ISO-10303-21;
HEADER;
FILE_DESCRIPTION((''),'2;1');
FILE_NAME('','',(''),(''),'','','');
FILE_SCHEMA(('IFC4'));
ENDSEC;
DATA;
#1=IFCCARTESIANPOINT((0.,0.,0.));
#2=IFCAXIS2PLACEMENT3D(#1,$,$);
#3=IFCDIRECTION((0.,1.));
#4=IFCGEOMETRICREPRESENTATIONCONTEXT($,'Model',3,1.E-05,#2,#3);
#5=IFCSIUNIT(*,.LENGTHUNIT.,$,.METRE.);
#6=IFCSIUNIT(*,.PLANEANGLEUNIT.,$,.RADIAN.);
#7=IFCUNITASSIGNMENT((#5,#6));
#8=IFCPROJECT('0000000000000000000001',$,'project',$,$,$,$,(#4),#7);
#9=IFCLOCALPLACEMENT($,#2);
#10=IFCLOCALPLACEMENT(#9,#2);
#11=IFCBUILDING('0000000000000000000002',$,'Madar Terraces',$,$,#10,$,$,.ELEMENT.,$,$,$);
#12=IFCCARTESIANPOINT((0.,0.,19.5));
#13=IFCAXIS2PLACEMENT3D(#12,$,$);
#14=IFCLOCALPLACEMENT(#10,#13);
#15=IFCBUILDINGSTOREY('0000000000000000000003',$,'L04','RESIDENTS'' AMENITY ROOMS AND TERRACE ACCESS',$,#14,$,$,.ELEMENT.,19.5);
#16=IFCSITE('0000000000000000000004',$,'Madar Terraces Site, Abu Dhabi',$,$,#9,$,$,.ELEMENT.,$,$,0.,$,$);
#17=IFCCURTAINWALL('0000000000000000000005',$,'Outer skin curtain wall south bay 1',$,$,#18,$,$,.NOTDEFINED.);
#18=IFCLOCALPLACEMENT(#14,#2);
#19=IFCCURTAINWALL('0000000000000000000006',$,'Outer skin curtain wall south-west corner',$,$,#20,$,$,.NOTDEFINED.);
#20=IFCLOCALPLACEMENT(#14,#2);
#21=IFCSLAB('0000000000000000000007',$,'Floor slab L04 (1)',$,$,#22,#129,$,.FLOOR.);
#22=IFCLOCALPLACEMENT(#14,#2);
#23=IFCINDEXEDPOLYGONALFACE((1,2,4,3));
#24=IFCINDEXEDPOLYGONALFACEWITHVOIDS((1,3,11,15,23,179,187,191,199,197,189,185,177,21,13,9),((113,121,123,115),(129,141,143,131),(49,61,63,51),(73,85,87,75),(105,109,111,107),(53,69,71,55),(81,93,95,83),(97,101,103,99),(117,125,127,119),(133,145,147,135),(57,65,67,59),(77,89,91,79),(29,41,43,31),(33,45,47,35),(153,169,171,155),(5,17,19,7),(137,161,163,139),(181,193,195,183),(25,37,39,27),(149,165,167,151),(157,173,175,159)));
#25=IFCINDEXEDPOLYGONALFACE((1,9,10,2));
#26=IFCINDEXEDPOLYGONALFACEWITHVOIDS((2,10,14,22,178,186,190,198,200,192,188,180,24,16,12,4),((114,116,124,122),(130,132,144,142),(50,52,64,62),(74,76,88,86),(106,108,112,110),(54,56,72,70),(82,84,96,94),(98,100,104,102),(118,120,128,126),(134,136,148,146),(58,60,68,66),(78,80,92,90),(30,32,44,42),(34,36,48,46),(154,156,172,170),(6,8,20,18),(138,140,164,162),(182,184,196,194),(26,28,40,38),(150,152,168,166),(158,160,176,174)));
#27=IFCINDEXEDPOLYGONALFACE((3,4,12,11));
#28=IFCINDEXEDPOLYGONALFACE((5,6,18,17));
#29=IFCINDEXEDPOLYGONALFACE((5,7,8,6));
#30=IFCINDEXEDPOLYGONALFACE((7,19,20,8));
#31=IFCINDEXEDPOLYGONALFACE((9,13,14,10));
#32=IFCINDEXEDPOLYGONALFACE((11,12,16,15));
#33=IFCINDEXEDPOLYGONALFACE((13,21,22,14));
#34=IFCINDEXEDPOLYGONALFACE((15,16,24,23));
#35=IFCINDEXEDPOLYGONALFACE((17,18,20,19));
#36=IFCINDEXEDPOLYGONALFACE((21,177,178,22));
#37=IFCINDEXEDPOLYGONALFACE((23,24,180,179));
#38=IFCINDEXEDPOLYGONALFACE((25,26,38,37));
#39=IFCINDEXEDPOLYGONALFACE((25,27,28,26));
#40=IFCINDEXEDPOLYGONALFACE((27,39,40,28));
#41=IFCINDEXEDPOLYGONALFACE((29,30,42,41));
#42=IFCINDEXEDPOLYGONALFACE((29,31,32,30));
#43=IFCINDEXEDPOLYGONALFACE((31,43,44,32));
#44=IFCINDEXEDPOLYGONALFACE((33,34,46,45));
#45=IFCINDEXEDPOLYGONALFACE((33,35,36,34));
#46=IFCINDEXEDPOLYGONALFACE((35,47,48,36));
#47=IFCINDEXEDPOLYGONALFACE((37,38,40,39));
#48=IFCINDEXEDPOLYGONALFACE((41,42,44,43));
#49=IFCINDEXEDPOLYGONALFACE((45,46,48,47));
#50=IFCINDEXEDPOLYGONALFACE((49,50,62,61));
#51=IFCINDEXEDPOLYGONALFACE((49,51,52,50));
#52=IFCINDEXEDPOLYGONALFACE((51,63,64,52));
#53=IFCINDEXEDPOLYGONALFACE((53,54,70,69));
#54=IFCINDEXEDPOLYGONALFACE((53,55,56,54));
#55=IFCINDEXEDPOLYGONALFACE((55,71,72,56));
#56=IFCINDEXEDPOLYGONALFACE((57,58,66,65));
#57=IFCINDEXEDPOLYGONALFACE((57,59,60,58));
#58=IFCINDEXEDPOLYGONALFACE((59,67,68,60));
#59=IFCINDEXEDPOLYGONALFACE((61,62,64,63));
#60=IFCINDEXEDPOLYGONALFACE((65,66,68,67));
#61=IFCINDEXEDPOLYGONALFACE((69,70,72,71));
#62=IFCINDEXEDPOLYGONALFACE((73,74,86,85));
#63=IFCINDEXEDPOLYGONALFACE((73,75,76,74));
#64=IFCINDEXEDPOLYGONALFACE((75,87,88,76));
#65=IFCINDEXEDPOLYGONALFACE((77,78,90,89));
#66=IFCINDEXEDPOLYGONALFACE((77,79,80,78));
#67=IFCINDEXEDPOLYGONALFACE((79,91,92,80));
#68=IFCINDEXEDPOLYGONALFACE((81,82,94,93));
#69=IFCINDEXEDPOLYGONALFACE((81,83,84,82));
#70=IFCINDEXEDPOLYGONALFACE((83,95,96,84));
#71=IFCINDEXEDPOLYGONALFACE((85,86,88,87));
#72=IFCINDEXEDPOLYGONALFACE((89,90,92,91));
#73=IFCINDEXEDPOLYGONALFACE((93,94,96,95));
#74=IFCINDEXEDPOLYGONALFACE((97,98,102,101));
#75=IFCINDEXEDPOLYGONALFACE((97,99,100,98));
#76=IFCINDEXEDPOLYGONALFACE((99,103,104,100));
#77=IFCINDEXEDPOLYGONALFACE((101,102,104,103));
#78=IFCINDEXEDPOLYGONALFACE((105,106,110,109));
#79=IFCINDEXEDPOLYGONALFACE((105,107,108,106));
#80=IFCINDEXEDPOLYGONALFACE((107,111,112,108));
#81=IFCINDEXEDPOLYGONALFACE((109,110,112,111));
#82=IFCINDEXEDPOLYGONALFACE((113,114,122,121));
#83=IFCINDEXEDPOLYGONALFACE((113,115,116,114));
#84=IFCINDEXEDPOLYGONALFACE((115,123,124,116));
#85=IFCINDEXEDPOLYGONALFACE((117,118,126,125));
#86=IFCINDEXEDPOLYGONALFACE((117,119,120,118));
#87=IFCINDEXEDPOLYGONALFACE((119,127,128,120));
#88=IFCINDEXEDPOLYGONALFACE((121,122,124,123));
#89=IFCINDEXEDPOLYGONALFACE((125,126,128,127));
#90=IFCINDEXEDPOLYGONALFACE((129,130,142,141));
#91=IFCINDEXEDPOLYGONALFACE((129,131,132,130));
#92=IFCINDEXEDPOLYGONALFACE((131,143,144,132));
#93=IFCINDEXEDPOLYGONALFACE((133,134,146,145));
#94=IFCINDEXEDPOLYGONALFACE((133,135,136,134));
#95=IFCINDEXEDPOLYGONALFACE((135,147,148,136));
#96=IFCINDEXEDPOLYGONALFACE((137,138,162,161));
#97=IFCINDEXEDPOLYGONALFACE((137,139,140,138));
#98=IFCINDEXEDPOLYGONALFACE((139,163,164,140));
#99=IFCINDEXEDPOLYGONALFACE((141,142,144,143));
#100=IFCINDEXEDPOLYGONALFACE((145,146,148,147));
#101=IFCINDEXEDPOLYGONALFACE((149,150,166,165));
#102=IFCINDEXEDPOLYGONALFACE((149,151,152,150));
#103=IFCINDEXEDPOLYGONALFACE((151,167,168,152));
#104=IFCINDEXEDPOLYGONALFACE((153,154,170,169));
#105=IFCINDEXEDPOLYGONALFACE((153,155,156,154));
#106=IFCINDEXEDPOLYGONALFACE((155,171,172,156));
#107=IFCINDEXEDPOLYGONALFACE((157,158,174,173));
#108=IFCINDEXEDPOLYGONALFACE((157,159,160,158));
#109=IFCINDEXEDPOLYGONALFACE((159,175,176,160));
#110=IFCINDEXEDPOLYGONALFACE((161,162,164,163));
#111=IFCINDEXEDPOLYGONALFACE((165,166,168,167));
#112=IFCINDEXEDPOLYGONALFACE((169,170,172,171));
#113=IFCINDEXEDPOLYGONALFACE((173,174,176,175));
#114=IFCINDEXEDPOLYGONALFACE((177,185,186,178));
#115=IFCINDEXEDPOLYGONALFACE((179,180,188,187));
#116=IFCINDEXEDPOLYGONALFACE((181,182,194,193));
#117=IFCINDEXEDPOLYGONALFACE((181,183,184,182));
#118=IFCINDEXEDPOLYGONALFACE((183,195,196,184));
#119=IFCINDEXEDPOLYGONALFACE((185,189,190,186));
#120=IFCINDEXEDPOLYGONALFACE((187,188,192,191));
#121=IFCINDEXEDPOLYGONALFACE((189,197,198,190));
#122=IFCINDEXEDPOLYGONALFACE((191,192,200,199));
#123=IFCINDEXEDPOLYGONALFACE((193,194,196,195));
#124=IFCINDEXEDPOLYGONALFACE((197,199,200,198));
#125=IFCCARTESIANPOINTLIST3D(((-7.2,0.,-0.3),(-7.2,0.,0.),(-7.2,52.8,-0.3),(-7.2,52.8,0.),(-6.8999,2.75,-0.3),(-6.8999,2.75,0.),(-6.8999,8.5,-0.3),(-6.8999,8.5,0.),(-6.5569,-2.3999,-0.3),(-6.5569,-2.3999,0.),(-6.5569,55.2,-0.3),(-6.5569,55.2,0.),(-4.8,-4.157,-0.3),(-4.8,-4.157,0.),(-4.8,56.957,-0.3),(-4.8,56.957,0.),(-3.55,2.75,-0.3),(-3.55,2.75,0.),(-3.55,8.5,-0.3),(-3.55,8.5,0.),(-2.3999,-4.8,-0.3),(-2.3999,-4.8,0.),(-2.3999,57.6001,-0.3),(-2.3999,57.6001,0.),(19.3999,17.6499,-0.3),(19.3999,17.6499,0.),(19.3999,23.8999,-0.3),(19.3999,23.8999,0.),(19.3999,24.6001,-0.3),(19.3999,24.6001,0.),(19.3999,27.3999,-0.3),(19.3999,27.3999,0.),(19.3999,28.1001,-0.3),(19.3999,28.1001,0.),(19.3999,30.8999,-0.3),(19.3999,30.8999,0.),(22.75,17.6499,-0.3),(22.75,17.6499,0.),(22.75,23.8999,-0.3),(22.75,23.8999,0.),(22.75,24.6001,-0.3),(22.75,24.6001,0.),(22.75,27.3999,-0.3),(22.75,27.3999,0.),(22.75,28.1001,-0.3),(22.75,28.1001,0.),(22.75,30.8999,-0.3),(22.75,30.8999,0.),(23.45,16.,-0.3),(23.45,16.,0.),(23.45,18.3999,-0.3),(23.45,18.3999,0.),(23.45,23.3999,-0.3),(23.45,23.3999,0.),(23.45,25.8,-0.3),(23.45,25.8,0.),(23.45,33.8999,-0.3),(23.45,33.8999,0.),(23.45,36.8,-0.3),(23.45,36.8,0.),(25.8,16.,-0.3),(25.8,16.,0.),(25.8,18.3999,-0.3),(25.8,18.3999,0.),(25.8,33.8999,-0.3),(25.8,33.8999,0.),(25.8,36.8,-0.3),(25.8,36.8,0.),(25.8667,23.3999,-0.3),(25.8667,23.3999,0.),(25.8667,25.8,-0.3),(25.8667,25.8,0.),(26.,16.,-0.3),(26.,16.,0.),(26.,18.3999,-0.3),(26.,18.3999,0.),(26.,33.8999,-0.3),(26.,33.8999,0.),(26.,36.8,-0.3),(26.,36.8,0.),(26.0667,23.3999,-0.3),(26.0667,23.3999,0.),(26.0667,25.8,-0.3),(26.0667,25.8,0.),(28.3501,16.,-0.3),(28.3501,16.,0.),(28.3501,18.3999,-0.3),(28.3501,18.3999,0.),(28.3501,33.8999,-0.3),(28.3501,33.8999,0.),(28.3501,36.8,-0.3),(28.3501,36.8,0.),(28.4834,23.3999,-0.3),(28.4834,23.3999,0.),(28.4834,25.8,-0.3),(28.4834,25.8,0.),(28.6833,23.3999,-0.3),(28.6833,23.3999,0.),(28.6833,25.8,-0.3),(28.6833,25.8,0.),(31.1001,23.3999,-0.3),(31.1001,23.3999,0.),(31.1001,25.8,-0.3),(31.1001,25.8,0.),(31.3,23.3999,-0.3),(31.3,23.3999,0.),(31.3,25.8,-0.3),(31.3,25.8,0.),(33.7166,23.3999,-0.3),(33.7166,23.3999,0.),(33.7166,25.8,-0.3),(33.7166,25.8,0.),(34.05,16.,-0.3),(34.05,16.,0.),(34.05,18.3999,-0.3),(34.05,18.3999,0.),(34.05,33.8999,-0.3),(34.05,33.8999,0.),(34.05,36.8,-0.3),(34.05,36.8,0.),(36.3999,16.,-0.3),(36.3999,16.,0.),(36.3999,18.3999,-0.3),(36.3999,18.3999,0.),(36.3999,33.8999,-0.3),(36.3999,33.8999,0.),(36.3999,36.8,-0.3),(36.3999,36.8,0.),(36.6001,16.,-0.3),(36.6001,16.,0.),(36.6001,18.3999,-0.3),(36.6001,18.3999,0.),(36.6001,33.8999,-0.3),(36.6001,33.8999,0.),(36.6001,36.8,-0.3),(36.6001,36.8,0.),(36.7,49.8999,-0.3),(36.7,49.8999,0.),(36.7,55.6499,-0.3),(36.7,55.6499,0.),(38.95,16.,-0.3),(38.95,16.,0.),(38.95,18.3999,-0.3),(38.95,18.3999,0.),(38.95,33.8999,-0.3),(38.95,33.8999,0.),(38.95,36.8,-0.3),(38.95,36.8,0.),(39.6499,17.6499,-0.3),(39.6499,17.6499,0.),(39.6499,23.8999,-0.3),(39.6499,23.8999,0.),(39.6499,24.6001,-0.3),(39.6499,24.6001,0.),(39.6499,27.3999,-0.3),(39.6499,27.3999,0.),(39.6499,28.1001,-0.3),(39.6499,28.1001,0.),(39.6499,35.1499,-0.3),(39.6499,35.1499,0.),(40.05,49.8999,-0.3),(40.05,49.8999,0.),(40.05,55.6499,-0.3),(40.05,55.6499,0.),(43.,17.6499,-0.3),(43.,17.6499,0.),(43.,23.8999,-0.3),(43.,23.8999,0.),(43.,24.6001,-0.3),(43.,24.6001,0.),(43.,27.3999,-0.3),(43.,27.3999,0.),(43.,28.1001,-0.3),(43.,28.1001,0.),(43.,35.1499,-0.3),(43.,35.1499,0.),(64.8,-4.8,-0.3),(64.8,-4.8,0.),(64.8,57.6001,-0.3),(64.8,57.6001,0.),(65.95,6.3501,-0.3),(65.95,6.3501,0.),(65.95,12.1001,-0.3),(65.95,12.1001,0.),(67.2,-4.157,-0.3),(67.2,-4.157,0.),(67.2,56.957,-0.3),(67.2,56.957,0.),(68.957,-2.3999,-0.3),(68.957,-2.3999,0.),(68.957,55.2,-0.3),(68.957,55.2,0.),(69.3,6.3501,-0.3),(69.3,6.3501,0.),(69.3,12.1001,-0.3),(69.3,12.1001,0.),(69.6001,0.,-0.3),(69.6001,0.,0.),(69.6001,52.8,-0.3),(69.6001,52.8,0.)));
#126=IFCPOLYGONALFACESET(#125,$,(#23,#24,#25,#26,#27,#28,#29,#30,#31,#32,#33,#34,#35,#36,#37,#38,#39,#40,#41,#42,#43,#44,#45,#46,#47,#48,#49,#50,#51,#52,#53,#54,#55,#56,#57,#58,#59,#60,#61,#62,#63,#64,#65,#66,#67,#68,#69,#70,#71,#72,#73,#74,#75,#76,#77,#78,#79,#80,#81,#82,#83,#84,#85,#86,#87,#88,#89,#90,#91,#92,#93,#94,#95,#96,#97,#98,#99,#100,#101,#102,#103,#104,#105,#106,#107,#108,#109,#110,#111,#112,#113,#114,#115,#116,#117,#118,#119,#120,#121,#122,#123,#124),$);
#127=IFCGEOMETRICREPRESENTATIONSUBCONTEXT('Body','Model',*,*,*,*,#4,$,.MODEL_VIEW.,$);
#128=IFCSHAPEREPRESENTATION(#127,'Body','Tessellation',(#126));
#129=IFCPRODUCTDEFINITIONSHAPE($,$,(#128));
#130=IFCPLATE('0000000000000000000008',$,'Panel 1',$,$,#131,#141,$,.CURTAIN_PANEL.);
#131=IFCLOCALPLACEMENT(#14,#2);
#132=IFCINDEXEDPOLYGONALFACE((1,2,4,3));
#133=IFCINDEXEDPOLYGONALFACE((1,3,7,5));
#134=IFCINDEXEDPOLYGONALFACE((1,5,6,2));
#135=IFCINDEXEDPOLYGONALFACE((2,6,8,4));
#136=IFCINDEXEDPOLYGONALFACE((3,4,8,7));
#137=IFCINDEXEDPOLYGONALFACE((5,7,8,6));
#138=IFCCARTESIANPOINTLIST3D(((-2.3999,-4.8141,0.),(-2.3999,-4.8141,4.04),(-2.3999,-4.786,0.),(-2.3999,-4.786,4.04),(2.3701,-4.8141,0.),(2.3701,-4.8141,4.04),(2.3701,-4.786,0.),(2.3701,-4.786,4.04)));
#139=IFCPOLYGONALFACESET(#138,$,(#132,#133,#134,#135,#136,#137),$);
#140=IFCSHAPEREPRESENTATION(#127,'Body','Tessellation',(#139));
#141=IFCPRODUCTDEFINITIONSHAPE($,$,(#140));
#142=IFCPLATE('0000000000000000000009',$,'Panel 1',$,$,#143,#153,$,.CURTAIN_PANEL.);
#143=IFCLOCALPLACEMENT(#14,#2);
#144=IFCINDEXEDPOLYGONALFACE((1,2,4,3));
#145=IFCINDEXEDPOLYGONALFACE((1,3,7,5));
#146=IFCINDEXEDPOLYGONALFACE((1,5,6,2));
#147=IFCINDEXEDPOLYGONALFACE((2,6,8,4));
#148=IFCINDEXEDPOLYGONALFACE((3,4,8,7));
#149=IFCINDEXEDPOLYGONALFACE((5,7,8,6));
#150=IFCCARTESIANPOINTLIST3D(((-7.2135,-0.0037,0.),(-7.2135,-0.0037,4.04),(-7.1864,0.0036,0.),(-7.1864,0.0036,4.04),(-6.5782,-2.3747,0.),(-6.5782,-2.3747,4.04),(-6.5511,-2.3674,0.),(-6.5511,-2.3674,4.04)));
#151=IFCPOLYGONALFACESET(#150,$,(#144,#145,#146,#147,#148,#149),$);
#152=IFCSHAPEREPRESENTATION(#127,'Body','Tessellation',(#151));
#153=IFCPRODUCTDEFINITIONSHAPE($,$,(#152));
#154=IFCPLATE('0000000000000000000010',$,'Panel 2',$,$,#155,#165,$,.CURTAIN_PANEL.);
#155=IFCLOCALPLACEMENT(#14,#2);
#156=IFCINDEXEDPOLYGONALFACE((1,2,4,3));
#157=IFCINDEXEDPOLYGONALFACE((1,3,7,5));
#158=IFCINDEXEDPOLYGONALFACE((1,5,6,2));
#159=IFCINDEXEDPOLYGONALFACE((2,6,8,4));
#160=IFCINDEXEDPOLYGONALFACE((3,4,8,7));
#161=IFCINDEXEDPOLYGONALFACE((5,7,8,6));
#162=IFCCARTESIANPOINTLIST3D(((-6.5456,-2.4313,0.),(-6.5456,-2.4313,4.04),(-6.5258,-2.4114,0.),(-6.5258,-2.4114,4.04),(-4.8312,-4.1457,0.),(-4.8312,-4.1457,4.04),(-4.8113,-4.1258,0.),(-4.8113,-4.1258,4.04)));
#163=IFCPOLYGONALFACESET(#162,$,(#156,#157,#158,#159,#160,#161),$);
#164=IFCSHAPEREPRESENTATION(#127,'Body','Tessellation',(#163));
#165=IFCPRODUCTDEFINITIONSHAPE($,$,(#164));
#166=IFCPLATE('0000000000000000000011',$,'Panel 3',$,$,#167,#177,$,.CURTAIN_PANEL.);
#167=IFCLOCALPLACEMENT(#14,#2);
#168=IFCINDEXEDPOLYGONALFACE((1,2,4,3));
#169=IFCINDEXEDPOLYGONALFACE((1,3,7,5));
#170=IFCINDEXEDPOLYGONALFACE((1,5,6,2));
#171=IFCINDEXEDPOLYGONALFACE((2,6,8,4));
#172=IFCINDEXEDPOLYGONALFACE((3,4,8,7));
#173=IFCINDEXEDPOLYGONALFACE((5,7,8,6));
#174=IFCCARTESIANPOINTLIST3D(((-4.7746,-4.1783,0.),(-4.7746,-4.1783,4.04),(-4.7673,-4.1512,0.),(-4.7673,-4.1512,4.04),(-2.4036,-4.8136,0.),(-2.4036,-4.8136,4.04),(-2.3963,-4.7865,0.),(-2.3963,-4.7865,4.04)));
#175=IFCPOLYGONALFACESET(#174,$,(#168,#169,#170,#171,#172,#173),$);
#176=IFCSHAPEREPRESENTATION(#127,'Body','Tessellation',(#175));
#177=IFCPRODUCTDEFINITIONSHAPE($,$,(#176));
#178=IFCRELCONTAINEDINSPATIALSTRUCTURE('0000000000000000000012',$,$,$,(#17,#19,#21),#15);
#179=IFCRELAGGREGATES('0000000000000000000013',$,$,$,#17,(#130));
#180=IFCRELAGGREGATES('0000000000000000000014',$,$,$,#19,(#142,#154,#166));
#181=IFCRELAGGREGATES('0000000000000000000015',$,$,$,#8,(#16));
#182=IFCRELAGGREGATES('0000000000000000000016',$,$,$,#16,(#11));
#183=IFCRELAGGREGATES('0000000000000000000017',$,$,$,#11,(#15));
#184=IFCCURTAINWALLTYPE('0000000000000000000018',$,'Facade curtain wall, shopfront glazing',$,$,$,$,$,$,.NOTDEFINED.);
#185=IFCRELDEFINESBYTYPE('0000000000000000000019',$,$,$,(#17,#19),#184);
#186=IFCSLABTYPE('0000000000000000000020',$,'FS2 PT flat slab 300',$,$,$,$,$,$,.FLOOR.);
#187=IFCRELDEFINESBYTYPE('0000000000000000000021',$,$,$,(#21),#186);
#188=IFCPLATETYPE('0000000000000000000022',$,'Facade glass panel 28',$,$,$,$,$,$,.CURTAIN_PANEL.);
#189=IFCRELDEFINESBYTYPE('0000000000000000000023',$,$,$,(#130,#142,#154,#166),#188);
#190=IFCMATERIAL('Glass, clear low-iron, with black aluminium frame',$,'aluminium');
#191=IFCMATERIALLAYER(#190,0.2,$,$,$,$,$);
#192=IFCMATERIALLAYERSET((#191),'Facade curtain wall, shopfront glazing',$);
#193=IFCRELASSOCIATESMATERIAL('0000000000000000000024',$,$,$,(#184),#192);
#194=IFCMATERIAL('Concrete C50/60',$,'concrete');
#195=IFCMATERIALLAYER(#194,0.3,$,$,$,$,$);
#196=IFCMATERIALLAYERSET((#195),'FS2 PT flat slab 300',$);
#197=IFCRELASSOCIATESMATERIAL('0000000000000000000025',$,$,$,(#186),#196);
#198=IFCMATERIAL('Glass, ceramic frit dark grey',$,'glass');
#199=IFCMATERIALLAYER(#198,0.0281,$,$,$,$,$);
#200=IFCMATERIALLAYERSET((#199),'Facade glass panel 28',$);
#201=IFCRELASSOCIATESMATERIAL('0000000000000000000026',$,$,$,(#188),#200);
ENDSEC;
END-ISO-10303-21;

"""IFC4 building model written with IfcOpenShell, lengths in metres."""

from ifc_helpers import new_model, si_unit, direction, frame, origin, origin_2d, place, context, subcontext, project, spatial, polyline, rectangle, outline, extrude, material, layer, layer_set, type_object, element, aggregate, save


model = new_model("IFC4")

# Units and contexts
model_context = context("Model", 3, precision=1e-05, world=origin(), true_north=direction((0.0, 1.0)))
body_context = subcontext(model_context, "Body", "Model", "MODEL_VIEW")
ifc_project = project(units=[si_unit("LENGTHUNIT", "METRE"), si_unit("PLANEANGLEUNIT", "RADIAN")], contexts=[model_context])

# Site, building, storey
site_placement = place(None, origin())
site = spatial("IfcSite", under=ifc_project, at=site_placement, Name="Madar Terraces Site, Abu Dhabi", CompositionType="ELEMENT", RefElevation=0.0)
building_placement = place(site_placement, origin())
building = spatial("IfcBuilding", under=site, at=building_placement, Name="Madar Terraces", CompositionType="ELEMENT")
storey_placement = place(building_placement, frame((0.0, 0.0, 19.5)))
storey = spatial("IfcBuildingStorey", under=building, at=storey_placement, Name="L04", Description="RESIDENTS' AMENITY ROOMS AND TERRACE ACCESS", CompositionType="ELEMENT", Elevation=19.5)

# Curtain wall
ifc_material_1 = material(Name="Glass, clear low-iron, with black aluminium frame", Category="aluminium")
ifc_layer_1 = layer(ifc_material_1, 0.2)
ifc_layer_set_1 = layer_set([ifc_layer_1], Name="Facade curtain wall, shopfront glazing")
curtain_wall_type = type_object("IfcCurtainWallType", Name="Facade curtain wall, shopfront glazing", PredefinedType="NOTDEFINED", material=ifc_layer_set_1)
curtain_wall_1_placement = place(storey_placement, origin())
curtain_wall_1 = element("IfcCurtainWall", 1, at=curtain_wall_1_placement, inside=storey, type_object=curtain_wall_type, Name="Outer skin curtain wall south bay 1", PredefinedType="NOTDEFINED")

# Curtain wall
curtain_wall_2_placement = place(storey_placement, origin())
curtain_wall_2 = element("IfcCurtainWall", 2, at=curtain_wall_2_placement, inside=storey, type_object=curtain_wall_type, Name="Outer skin curtain wall south-west corner", PredefinedType="NOTDEFINED")

# Slab
ifc_material_2 = material(Name="Concrete C50/60", Category="concrete")
ifc_layer_2 = layer(ifc_material_2, 0.3)
ifc_layer_set_2 = layer_set([ifc_layer_2], Name="FS2 PT flat slab 300")
slab_type_1 = type_object("IfcSlabType", Name="FS2 PT flat slab 300", PredefinedType="FLOOR", material=ifc_layer_set_2)
slab_1_placement = place(storey_placement, frame((0.0, 0.0, -0.3)))
element("IfcSlab", 3, at=slab_1_placement, inside=storey, type_object=slab_type_1, Name="Floor slab L04 (1)", PredefinedType="FLOOR", context=body_context, shape_type="SweptSolid", body=[
    extrude(outline(polyline([(64.8, -4.8), (67.2, -4.157), (68.957, -2.3999), (69.6001, 0.0), (69.6001, 52.8), (68.957, 55.2), (67.2, 56.957), (64.8, 57.6001), (-2.3999, 57.6001), (-4.8, 56.957), (-6.5569, 55.2), (-7.2, 52.8), (-7.2, 0.0), (-6.5569, -2.3999), (-4.8, -4.157), (-2.3999, -4.8), (64.8, -4.8)]), holes=[polyline([(-6.8999, 2.75), (-6.8999, 8.5), (-3.55, 8.5), (-3.55, 2.75), (-6.8999, 2.75)]), polyline([(23.45, 16.0), (23.45, 18.3999), (25.8, 18.3999), (25.8, 16.0), (23.45, 16.0)]), polyline([(26.0, 16.0), (26.0, 18.3999), (28.3501, 18.3999), (28.3501, 16.0), (26.0, 16.0)]), polyline([(19.3999, 23.8999), (22.75, 23.8999), (22.75, 17.6499), (19.3999, 17.6499), (19.3999, 23.8999)]), polyline([(23.45, 25.8), (25.8667, 25.8), (25.8667, 23.3999), (23.45, 23.3999), (23.45, 25.8)]), polyline([(26.0667, 23.3999), (26.0667, 25.8), (28.4834, 25.8), (28.4834, 23.3999), (26.0667, 23.3999)]), polyline([(28.6833, 23.3999), (28.6833, 25.8), (31.1001, 25.8), (31.1001, 23.3999), (28.6833, 23.3999)]), polyline([(19.3999, 24.6001), (19.3999, 27.3999), (22.75, 27.3999), (22.75, 24.6001), (19.3999, 24.6001)]), polyline([(19.3999, 30.8999), (22.75, 30.8999), (22.75, 28.1001), (19.3999, 28.1001), (19.3999, 30.8999)]), polyline([(23.45, 36.8), (25.8, 36.8), (25.8, 33.8999), (23.45, 33.8999), (23.45, 36.8)]), polyline([(26.0, 33.8999), (26.0, 36.8), (28.3501, 36.8), (28.3501, 33.8999), (26.0, 33.8999)]), polyline([(65.95, 6.3501), (65.95, 12.1001), (69.3, 12.1001), (69.3, 6.3501), (65.95, 6.3501)]), polyline([(34.05, 16.0), (34.05, 18.3999), (36.3999, 18.3999), (36.3999, 16.0), (34.05, 16.0)]), polyline([(36.6001, 18.3999), (38.95, 18.3999), (38.95, 16.0), (36.6001, 16.0), (36.6001, 18.3999)]), polyline([(39.6499, 23.8999), (43.0, 23.8999), (43.0, 17.6499), (39.6499, 17.6499), (39.6499, 23.8999)]), polyline([(31.3, 23.3999), (31.3, 25.8), (33.7166, 25.8), (33.7166, 23.3999), (31.3, 23.3999)]), polyline([(39.6499, 27.3999), (43.0, 27.3999), (43.0, 24.6001), (39.6499, 24.6001), (39.6499, 27.3999)]), polyline([(39.6499, 35.1499), (43.0, 35.1499), (43.0, 28.1001), (39.6499, 28.1001), (39.6499, 35.1499)]), polyline([(34.05, 33.8999), (34.05, 36.8), (36.3999, 36.8), (36.3999, 33.8999), (34.05, 33.8999)]), polyline([(36.6001, 36.8), (38.95, 36.8), (38.95, 33.8999), (36.6001, 33.8999), (36.6001, 36.8)]), polyline([(36.7, 55.6499), (40.05, 55.6499), (40.05, 49.8999), (36.7, 49.8999), (36.7, 55.6499)])]), origin(), (0.0, 0.0, 1.0), 0.3),
])

# Plates
ifc_material_3 = material(Name="Glass, ceramic frit dark grey", Category="glass")
ifc_layer_3 = layer(ifc_material_3, 0.0281)
ifc_layer_set_3 = layer_set([ifc_layer_3], Name="Facade glass panel 28")
plate_type = type_object("IfcPlateType", Name="Facade glass panel 28", PredefinedType="CURTAIN_PANEL", material=ifc_layer_set_3)
plate_1_placement = place(storey_placement, frame((-0.0149, -4.8, 0.0), z_axis=(0.0, 0.0, 1.0), x_axis=(1.0, 0.0, 0.0)))
plate_1 = element("IfcPlate", 4, at=plate_1_placement, type_object=plate_type, Name="Panel 1", PredefinedType="CURTAIN_PANEL", context=body_context, shape_type="SweptSolid", body=[
    extrude(rectangle(XDim=4.77, YDim=0.0281, at=origin_2d()), origin(), (0.0, 0.0, 1.0), 4.04),
])
aggregate(curtain_wall_1, [plate_1])
plate_2_placement = place(storey_placement, frame((-6.8823, -1.1855, 0.0), z_axis=(0.0, 0.0, 1.0), x_axis=(0.258819, -0.965926, 0.0)))
plate_2 = element("IfcPlate", 5, at=plate_2_placement, type_object=plate_type, Name="Panel 1", PredefinedType="CURTAIN_PANEL", context=body_context, shape_type="SweptSolid", body=[
    extrude(rectangle(XDim=2.4546, YDim=0.0281, at=origin_2d()), origin(), (0.0, 0.0, 1.0), 4.04),
])
plate_3_placement = place(storey_placement, frame((-5.6785, -3.2786, 0.0), z_axis=(0.0, 0.0, 1.0), x_axis=(0.707107, -0.707107, 0.0)))
plate_3 = element("IfcPlate", 6, at=plate_3_placement, type_object=plate_type, Name="Panel 2", PredefinedType="CURTAIN_PANEL", context=body_context, shape_type="SweptSolid", body=[
    extrude(rectangle(XDim=2.4246, YDim=0.0281, at=origin_2d()), origin(), (0.0, 0.0, 1.0), 4.04),
])
plate_4_placement = place(storey_placement, frame((-3.5854, -4.4824, 0.0), z_axis=(0.0, 0.0, 1.0), x_axis=(0.965926, -0.258819, 0.0)))
plate_4 = element("IfcPlate", 7, at=plate_4_placement, type_object=plate_type, Name="Panel 3", PredefinedType="CURTAIN_PANEL", context=body_context, shape_type="SweptSolid", body=[
    extrude(rectangle(XDim=2.4546, YDim=0.0281, at=origin_2d()), origin(), (0.0, 0.0, 1.0), 4.04),
])
aggregate(curtain_wall_2, [plate_2, plate_3, plate_4])

save(model, "model.ifc")
